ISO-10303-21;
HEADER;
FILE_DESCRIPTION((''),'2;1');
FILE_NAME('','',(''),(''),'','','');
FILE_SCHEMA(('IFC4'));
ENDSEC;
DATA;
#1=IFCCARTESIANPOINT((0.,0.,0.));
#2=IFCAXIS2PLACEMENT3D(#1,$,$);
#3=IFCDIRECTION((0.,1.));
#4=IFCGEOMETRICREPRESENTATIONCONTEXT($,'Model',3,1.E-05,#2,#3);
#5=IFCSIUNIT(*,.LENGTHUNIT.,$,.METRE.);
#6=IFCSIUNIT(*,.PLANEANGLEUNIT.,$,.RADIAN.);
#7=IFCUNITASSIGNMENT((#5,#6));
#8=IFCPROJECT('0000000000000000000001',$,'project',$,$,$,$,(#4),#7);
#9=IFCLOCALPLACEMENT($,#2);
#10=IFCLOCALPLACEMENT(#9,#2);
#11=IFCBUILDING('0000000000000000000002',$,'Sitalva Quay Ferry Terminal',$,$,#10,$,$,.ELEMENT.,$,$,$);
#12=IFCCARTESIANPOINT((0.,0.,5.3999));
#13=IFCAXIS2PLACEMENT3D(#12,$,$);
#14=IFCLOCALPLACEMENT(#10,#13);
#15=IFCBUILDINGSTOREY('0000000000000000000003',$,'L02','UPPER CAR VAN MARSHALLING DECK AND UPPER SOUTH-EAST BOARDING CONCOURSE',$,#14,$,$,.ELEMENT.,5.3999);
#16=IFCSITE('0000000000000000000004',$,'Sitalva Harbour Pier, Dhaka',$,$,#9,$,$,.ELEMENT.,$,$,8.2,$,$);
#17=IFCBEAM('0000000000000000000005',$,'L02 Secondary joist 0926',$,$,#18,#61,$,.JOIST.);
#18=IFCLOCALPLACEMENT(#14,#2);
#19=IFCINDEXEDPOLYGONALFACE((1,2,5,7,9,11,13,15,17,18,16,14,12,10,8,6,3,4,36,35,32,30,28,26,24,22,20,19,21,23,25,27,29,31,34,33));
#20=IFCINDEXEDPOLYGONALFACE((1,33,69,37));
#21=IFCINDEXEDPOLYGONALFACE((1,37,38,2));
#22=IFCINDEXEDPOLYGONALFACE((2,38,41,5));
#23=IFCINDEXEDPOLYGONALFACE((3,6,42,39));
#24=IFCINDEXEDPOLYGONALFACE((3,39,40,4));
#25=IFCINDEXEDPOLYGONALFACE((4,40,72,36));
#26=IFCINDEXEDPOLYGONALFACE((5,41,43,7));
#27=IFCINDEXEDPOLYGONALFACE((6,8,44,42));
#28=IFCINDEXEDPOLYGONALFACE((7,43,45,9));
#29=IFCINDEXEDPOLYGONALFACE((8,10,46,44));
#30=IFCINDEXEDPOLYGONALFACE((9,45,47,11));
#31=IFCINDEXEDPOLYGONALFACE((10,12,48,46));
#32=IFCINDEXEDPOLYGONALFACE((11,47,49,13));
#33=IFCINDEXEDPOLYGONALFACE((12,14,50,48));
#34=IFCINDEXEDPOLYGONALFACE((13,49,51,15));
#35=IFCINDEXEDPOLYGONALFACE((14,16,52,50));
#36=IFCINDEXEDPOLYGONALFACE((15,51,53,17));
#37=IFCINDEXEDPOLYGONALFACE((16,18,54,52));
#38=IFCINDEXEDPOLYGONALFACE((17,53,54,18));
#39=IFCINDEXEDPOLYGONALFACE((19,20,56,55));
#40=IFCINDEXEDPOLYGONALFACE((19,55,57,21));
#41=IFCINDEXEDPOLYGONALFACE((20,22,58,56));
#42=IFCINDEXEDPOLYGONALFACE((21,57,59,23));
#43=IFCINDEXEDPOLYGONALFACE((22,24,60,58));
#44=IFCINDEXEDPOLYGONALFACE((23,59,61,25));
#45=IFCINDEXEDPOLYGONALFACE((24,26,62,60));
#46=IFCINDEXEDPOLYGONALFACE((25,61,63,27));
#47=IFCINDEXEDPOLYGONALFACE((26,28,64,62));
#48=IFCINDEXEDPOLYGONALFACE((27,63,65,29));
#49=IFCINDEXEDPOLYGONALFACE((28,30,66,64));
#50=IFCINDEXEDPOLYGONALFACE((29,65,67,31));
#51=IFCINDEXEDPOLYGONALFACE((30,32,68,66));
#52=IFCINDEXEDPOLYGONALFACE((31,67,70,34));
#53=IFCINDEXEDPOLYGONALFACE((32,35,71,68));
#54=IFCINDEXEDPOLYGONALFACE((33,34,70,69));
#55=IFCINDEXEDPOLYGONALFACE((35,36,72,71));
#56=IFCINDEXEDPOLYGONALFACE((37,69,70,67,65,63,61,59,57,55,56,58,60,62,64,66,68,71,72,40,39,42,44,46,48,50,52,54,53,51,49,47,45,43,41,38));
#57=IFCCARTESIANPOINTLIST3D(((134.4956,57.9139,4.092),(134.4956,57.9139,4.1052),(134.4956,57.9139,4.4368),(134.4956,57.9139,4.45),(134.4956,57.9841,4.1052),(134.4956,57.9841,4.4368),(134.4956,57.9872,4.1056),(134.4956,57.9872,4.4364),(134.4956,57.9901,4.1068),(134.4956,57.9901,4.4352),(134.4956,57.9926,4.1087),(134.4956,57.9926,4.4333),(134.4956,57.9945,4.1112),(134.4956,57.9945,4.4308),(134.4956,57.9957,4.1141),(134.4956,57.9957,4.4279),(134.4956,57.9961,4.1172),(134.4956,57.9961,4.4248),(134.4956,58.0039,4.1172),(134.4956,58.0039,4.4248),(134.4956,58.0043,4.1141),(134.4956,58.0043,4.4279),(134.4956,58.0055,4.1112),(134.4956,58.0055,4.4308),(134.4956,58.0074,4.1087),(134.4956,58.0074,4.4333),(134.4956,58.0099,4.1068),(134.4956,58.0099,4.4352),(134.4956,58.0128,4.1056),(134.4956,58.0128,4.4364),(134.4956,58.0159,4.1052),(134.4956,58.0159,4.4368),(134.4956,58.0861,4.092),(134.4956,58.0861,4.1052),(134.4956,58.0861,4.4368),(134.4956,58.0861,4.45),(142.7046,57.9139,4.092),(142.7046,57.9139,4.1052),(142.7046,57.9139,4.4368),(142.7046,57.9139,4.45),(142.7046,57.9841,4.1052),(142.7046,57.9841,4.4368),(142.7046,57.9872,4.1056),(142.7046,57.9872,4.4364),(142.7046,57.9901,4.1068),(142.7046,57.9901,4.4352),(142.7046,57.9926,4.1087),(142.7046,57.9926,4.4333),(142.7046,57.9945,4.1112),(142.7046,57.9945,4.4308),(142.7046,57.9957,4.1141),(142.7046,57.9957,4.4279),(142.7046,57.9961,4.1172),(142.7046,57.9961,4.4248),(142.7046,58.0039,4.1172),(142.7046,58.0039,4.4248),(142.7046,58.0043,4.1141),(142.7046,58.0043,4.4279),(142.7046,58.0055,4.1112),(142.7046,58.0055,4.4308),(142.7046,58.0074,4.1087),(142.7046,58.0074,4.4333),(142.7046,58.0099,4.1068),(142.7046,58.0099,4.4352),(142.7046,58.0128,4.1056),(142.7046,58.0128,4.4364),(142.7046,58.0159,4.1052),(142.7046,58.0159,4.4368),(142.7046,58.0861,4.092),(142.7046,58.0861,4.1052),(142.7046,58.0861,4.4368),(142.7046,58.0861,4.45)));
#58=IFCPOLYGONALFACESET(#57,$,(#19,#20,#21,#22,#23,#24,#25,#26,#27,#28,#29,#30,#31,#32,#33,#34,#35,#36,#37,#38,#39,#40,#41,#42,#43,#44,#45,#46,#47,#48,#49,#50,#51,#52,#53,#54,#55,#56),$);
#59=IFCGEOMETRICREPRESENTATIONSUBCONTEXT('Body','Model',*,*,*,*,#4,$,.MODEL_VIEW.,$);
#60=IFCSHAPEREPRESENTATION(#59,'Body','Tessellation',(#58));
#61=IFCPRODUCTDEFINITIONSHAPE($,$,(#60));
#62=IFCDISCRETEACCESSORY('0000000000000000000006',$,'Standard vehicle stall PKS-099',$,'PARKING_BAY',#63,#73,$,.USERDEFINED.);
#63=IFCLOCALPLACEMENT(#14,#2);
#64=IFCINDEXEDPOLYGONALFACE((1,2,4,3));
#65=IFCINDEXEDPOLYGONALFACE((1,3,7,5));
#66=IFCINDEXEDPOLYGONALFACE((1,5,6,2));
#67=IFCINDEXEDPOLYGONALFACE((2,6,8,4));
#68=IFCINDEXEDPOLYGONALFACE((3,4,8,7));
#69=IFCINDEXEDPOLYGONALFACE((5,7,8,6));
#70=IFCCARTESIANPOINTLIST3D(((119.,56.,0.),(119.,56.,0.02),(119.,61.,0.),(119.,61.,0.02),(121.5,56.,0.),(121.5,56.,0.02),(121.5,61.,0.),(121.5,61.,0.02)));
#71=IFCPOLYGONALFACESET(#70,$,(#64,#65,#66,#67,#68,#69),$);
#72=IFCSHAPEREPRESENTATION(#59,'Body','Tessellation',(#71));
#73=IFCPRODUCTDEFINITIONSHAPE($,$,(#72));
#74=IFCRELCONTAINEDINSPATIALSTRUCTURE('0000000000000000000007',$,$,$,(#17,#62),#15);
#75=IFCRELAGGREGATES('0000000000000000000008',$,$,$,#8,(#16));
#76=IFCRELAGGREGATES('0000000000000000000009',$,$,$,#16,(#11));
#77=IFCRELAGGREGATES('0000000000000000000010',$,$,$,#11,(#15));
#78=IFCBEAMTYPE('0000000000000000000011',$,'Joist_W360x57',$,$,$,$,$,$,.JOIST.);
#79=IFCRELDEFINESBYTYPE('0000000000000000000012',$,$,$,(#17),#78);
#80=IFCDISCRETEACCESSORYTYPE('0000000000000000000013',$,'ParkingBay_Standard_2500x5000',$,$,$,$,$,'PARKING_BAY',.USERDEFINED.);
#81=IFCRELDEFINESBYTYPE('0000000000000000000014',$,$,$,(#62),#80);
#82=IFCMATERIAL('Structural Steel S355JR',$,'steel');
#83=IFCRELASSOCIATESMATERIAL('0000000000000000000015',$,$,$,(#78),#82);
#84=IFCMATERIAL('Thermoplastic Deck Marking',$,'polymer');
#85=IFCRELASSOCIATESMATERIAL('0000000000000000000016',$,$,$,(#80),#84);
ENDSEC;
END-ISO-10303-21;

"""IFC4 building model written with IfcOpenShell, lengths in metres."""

from ifc_helpers import new_model, si_unit, direction, frame, origin, origin_2d, place, context, subcontext, project, spatial, rectangle, i_section, extrude, material, material_profile, profile_set, type_object, element, save


model = new_model("IFC4")

# Units and contexts
model_context = context("Model", 3, precision=1e-05, world=origin(), true_north=direction((0.0, 1.0)))
body_context = subcontext(model_context, "Body", "Model", "MODEL_VIEW")
ifc_project = project(units=[si_unit("LENGTHUNIT", "METRE"), si_unit("PLANEANGLEUNIT", "RADIAN")], contexts=[model_context])

# Site, building, storey
site_placement = place(None, origin())
site = spatial("IfcSite", under=ifc_project, at=site_placement, Name="Sitalva Harbour Pier, Dhaka", CompositionType="ELEMENT", RefElevation=8.2)
building_placement = place(site_placement, origin())
building = spatial("IfcBuilding", under=site, at=building_placement, Name="Sitalva Quay Ferry Terminal", CompositionType="ELEMENT")
storey_placement = place(building_placement, frame((0.0, 0.0, 5.3999)))
storey = spatial("IfcBuildingStorey", under=building, at=storey_placement, Name="L02", Description="UPPER CAR VAN MARSHALLING DECK AND UPPER SOUTH-EAST BOARDING CONCOURSE", CompositionType="ELEMENT", Elevation=5.3999)

# Beam
ifc_material_1 = material(Name="Structural Steel S355JR", Category="steel")
ifc_material_profile_1 = material_profile(ifc_material_1, i_section(OverallWidth=0.1721, OverallDepth=0.3579, WebThickness=0.0078, FlangeThickness=0.0132, FilletRadius=0.012, at=origin_2d()), Name="W360x57")
ifc_profile_set_1 = profile_set([ifc_material_profile_1], Name="Structural Steel S355JR")
beam_type_1 = type_object("IfcBeamType", Name="Joist_W360x57", PredefinedType="JOIST", material=ifc_profile_set_1)
for number, where, z_axis, x_axis, name in (
    (1, (134.4956, 58.0, 4.271), (1.0, 0.0, 0.0), (0.0, 1.0, 0.0), "L02 Secondary joist 0926"),
):
    element("IfcBeam", number, at=place(storey_placement, frame(where, z_axis=z_axis, x_axis=x_axis)), inside=storey, type_object=beam_type_1, Name=name, PredefinedType="JOIST", context=body_context, shape_type="SweptSolid", body=[
        extrude(i_section(OverallWidth=0.1721, OverallDepth=0.3579, WebThickness=0.0078, FlangeThickness=0.0132, FilletRadius=0.012, at=origin_2d()), origin(), (0.0, 0.0, 1.0), 8.209),
    ])

# Discrete accessory
ifc_material_2 = material(Name="Thermoplastic Deck Marking", Category="polymer")
discrete_accessory_type = type_object("IfcDiscreteAccessoryType", Name="ParkingBay_Standard_2500x5000", ElementType="PARKING_BAY", PredefinedType="USERDEFINED", material=ifc_material_2)
discrete_accessory_placement = place(storey_placement, frame((120.25, 58.5, 0.0), z_axis=(0.0, 0.0, 1.0), x_axis=(1.0, 0.0, 0.0)))
element("IfcDiscreteAccessory", 2, at=discrete_accessory_placement, inside=storey, type_object=discrete_accessory_type, Name="Standard vehicle stall PKS-099", ObjectType="PARKING_BAY", PredefinedType="USERDEFINED", context=body_context, shape_type="SweptSolid", body=[
    extrude(rectangle(XDim=2.5, YDim=5.0, at=origin_2d()), origin(), (0.0, 0.0, 1.0), 0.02),
])

save(model, "model.ifc")
